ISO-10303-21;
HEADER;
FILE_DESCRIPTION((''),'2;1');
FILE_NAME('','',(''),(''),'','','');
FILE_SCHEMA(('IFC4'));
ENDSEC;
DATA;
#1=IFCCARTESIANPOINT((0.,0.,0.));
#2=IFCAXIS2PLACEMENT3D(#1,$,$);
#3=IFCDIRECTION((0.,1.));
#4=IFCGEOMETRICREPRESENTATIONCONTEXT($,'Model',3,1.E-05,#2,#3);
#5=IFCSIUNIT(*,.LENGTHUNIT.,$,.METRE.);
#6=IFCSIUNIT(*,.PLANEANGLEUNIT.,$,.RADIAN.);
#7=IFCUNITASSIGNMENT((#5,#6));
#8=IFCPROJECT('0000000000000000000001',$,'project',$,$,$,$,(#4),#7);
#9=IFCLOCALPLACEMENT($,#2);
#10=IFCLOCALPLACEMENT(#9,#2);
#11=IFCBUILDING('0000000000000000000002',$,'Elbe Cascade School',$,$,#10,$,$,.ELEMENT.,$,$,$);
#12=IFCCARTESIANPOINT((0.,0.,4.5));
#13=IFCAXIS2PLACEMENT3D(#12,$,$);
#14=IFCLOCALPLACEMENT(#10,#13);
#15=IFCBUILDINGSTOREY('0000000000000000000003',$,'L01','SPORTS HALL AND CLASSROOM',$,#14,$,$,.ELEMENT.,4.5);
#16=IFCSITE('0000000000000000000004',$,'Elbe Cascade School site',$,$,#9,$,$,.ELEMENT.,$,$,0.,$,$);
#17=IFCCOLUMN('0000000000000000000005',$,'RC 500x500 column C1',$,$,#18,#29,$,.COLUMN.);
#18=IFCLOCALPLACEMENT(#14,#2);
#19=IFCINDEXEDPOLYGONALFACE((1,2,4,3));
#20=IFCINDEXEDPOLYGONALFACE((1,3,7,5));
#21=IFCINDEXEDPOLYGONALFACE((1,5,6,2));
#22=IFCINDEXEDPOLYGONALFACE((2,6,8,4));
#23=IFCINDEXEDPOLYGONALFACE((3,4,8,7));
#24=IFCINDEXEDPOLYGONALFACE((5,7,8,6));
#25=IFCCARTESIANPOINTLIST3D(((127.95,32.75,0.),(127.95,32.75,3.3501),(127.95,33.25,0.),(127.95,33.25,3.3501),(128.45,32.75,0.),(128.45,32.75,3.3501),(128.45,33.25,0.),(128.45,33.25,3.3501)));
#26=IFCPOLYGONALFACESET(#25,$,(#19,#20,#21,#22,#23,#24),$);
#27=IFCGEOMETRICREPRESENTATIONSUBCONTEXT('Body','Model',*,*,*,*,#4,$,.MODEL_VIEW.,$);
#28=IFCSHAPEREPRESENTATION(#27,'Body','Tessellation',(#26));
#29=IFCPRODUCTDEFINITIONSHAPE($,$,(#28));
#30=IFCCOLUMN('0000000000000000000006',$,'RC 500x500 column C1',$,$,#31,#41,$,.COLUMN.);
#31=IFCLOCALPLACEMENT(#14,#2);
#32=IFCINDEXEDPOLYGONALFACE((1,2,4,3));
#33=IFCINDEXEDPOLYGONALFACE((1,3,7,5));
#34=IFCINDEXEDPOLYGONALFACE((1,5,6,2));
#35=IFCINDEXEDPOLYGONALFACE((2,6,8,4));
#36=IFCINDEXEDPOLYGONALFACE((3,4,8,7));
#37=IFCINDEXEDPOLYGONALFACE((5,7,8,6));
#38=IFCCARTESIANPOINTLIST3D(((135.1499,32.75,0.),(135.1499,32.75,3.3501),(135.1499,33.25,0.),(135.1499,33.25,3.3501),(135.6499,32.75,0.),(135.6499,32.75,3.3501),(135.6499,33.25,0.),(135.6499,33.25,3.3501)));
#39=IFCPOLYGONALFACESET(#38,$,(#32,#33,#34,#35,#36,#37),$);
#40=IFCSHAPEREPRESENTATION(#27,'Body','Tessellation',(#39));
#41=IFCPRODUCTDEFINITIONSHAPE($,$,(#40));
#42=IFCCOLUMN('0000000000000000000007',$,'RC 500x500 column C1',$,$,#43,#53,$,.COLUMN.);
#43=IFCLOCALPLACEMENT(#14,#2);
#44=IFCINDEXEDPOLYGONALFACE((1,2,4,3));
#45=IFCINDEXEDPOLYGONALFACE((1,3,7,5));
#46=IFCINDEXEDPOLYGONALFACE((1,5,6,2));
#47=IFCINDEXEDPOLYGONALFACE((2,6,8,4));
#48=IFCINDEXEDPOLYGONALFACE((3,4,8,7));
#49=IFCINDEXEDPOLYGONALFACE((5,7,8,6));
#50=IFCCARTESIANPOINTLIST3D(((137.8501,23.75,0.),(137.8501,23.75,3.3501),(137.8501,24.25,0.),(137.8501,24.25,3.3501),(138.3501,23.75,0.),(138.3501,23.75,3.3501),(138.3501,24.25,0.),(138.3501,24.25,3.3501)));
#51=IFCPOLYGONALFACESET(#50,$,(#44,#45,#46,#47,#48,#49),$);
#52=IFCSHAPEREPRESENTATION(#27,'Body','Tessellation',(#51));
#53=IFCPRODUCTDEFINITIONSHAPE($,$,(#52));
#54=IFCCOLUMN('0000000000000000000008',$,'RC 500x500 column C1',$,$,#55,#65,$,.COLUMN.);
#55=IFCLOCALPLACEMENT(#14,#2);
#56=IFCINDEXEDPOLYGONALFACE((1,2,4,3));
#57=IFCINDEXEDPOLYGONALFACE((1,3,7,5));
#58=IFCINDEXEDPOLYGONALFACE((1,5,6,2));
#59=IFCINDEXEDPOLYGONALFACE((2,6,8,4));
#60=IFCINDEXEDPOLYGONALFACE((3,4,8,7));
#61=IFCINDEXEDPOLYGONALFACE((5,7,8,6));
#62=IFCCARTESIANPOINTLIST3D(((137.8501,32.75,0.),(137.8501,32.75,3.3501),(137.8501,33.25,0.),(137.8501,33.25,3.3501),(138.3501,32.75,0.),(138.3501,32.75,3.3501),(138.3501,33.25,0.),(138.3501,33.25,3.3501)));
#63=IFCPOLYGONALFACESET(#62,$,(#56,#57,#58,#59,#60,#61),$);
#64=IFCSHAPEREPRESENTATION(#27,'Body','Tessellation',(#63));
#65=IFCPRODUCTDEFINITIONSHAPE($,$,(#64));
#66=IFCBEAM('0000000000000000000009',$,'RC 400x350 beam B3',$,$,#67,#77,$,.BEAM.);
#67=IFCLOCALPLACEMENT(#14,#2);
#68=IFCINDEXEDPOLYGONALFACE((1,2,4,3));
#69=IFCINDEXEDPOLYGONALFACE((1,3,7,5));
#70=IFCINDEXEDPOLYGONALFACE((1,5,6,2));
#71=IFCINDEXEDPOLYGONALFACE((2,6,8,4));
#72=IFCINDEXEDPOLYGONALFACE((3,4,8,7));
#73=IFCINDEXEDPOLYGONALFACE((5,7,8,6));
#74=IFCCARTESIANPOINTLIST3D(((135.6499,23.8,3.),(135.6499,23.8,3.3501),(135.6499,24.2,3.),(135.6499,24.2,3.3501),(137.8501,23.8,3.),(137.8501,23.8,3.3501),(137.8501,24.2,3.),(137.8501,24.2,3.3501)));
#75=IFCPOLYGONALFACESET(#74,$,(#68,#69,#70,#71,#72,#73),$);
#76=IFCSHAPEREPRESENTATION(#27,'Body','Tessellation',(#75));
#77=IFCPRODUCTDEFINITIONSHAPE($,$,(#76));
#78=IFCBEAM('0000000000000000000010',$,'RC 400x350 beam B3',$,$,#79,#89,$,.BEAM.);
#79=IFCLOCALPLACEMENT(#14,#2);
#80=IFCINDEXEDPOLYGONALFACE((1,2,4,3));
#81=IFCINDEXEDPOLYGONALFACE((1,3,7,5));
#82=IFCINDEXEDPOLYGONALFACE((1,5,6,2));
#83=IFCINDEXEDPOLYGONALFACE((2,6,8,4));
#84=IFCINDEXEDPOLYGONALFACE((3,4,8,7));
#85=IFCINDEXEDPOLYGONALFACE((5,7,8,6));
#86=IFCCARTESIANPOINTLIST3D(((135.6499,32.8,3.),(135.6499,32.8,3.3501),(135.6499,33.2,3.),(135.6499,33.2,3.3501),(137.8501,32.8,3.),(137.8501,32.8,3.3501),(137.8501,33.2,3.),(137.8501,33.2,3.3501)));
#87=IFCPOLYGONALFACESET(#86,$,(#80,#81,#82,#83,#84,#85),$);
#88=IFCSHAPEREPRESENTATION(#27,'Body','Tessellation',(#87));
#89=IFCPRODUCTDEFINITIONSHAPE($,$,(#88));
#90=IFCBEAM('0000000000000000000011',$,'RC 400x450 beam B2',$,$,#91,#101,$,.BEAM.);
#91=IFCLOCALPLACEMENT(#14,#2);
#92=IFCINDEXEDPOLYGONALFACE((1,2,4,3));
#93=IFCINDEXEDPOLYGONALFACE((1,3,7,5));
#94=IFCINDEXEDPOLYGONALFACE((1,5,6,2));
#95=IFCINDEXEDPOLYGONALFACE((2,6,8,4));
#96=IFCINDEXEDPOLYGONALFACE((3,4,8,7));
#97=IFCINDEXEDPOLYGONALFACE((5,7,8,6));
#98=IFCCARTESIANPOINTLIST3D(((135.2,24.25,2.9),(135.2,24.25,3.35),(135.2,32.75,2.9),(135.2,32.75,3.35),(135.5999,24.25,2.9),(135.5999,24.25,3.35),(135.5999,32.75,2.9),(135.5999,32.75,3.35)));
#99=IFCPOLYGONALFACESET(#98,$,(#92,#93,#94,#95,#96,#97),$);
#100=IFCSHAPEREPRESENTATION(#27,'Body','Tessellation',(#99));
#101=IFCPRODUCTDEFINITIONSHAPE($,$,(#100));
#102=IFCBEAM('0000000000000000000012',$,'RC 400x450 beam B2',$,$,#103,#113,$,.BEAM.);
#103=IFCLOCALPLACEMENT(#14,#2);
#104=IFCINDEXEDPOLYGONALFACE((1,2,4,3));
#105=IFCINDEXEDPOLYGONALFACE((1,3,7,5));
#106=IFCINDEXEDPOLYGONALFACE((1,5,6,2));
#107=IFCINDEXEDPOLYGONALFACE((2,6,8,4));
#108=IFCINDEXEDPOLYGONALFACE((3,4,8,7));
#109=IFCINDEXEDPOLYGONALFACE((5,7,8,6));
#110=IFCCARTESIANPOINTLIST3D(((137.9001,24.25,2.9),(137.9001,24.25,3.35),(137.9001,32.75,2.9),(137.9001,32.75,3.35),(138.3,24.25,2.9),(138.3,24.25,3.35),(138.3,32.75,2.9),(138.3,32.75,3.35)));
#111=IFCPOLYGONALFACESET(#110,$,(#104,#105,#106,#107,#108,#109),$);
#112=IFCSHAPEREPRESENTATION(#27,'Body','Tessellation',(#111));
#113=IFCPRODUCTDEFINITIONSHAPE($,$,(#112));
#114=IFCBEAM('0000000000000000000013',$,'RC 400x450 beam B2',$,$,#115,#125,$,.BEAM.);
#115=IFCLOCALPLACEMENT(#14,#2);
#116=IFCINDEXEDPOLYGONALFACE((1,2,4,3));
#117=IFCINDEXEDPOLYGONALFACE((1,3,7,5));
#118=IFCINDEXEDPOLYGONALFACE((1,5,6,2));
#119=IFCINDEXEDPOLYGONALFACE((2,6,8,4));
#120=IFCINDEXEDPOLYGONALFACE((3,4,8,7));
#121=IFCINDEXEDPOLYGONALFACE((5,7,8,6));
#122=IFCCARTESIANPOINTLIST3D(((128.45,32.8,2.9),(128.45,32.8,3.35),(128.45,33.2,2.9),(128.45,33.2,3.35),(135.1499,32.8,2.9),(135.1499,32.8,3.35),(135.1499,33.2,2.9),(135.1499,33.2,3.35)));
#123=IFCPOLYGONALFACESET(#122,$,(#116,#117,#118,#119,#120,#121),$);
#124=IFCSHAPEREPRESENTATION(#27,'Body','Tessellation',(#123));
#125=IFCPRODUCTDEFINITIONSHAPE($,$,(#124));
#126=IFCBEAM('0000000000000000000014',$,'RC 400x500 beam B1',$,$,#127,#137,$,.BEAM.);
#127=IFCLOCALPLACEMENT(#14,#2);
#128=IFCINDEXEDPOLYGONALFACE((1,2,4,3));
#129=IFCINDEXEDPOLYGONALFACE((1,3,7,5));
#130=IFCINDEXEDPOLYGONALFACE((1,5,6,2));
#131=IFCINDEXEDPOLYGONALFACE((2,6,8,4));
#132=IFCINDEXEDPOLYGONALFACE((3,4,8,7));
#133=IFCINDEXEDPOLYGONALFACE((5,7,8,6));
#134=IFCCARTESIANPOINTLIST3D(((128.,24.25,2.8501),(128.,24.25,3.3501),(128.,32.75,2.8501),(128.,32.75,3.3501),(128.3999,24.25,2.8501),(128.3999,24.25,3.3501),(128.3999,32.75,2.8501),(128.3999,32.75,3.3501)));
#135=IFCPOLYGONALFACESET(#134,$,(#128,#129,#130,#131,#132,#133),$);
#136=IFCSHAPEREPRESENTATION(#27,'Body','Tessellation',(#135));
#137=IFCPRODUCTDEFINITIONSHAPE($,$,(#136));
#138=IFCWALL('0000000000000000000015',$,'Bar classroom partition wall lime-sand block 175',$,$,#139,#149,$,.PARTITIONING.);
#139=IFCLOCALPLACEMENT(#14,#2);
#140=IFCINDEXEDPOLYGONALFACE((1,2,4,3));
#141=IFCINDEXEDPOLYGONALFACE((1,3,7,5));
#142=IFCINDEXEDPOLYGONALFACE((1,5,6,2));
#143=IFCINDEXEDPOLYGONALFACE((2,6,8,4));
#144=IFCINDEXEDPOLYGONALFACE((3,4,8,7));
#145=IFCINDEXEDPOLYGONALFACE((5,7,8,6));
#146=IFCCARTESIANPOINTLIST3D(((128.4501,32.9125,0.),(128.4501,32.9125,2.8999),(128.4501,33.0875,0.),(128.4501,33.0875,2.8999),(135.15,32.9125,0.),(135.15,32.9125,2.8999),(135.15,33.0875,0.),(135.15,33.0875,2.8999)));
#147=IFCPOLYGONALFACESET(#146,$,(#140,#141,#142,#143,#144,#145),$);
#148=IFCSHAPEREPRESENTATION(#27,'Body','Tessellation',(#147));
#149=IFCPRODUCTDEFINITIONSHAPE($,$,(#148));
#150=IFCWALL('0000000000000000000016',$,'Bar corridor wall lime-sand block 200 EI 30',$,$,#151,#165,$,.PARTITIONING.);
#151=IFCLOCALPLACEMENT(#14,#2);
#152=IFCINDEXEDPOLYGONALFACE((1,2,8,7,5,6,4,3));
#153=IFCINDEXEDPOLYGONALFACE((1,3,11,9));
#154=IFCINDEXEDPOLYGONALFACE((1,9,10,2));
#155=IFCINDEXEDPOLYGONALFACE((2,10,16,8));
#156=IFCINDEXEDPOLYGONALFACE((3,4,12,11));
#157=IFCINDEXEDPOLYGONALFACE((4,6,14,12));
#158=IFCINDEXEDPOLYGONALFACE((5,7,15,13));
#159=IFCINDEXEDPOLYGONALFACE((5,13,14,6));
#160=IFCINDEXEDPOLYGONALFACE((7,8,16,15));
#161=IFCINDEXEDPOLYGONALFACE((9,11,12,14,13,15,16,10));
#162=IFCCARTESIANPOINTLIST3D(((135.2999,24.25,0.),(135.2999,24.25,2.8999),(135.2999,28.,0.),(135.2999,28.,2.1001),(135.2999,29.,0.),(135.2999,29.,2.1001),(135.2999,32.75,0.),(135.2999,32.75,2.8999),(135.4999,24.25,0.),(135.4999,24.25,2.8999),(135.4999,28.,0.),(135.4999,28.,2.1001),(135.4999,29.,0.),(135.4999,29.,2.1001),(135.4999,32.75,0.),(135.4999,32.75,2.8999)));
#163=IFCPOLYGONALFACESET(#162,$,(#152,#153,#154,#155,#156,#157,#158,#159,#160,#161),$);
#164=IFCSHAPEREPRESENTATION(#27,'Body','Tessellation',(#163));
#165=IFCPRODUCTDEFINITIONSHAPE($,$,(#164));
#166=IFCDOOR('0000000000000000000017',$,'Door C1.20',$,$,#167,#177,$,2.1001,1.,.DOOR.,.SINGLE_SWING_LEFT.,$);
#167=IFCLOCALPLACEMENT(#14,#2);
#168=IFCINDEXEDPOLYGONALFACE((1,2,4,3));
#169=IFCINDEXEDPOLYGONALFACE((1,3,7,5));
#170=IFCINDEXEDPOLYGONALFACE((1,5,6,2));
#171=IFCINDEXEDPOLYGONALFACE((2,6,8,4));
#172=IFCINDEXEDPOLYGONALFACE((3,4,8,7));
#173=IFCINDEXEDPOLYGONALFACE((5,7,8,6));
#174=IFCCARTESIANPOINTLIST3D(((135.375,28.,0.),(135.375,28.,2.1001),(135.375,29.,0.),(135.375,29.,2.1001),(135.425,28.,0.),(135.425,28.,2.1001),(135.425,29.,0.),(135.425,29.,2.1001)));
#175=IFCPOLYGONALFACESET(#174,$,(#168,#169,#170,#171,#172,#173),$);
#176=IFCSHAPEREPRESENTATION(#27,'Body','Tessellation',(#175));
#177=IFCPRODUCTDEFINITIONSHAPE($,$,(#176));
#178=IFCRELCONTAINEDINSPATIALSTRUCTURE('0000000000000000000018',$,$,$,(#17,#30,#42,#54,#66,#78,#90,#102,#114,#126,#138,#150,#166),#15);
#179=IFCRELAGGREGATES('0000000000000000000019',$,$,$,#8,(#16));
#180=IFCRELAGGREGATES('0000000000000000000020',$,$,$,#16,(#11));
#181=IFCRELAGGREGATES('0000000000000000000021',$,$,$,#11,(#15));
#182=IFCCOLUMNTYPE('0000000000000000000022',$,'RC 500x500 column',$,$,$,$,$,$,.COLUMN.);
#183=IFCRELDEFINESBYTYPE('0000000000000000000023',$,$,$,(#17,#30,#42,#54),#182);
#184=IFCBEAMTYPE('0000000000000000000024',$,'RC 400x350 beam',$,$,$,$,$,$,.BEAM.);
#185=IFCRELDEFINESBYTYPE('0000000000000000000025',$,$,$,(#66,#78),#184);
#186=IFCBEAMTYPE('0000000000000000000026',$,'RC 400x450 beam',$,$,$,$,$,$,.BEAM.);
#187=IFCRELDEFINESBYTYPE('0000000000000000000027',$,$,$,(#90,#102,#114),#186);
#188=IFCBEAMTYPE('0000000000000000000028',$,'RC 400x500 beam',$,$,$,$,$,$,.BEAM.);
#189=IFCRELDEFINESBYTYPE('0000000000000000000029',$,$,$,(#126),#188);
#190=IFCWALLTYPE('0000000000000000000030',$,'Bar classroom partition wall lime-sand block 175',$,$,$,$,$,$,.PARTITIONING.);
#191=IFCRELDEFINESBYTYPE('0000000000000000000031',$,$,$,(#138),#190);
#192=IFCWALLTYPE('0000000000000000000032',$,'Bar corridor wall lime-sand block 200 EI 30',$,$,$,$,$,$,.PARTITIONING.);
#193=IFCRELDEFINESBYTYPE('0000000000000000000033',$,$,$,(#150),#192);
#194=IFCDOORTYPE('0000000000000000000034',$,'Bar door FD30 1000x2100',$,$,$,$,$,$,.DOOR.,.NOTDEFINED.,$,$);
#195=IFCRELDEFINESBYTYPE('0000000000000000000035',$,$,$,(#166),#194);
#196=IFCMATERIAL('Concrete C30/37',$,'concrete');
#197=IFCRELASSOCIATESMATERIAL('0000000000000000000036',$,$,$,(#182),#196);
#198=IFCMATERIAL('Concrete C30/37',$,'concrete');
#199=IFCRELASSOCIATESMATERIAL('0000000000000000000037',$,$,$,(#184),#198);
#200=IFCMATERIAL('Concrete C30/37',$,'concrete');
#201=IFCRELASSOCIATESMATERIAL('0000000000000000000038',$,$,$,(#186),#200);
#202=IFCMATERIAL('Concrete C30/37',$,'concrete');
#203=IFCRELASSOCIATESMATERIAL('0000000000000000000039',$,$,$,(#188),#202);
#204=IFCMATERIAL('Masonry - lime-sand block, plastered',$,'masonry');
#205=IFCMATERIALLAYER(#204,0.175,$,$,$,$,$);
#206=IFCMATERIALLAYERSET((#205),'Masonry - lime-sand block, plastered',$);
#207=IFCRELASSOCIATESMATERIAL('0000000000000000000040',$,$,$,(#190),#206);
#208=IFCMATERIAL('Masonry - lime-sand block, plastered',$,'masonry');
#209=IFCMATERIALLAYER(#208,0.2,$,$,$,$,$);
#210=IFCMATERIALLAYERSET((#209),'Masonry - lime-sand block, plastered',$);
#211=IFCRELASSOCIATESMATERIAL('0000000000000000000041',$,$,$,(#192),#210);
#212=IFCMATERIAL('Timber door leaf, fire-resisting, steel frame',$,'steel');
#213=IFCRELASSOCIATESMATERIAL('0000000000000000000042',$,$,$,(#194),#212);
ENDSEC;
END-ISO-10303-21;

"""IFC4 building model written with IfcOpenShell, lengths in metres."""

from ifc_helpers import new_model, si_unit, direction, frame, frame_2d, origin, origin_2d, place, context, subcontext, project, spatial, rectangle, extrude, material, layer, layer_set, material_profile, profile_set, type_object, element, fill, save


model = new_model("IFC4")

# Units and contexts
model_context = context("Model", 3, precision=1e-05, world=origin(), true_north=direction((0.0, 1.0)))
body_context = subcontext(model_context, "Body", "Model", "MODEL_VIEW")
ifc_project = project(units=[si_unit("LENGTHUNIT", "METRE"), si_unit("PLANEANGLEUNIT", "RADIAN")], contexts=[model_context])

# Site, building, storey
site_placement = place(None, origin())
site = spatial("IfcSite", under=ifc_project, at=site_placement, Name="Elbe Cascade School site", CompositionType="ELEMENT", RefElevation=0.0)
building_placement = place(site_placement, origin())
building = spatial("IfcBuilding", under=site, at=building_placement, Name="Elbe Cascade School", CompositionType="ELEMENT")
storey_placement = place(building_placement, frame((0.0, 0.0, 4.5)))
storey = spatial("IfcBuildingStorey", under=building, at=storey_placement, Name="L01", Description="SPORTS HALL AND CLASSROOM", CompositionType="ELEMENT", Elevation=4.5)

# Columns
ifc_material_1 = material(Name="Concrete C30/37", Category="concrete")
ifc_material_profile_1 = material_profile(ifc_material_1, rectangle(XDim=0.5, YDim=0.5, at=origin_2d()), Name="RC 500x500")
ifc_profile_set_1 = profile_set([ifc_material_profile_1], Name="Concrete C30/37")
column_type = type_object("IfcColumnType", Name="RC 500x500 column", PredefinedType="COLUMN", material=ifc_profile_set_1)
for number, where, z_axis, x_axis, name in (
    (1, (128.2, 33.0, 0.0), (0.0, 0.0, 1.0), (1.0, 0.0, 0.0), "RC 500x500 column C1"),
    (2, (135.3999, 33.0, 0.0), (0.0, 0.0, 1.0), (1.0, 0.0, 0.0), "RC 500x500 column C1"),
    (3, (138.1001, 24.0, 0.0), (0.0, 0.0, 1.0), (1.0, 0.0, 0.0), "RC 500x500 column C1"),
    (4, (138.1001, 33.0, 0.0), (0.0, 0.0, 1.0), (1.0, 0.0, 0.0), "RC 500x500 column C1"),
):
    element("IfcColumn", number, at=place(storey_placement, frame(where, z_axis=z_axis, x_axis=x_axis)), inside=storey, type_object=column_type, Name=name, PredefinedType="COLUMN", context=body_context, shape_type="SweptSolid", body=[
        extrude(rectangle(XDim=0.5, YDim=0.5, at=origin_2d()), origin(), (0.0, 0.0, 1.0), 3.3501),
    ])

# Beams
ifc_material_2 = material(Name="Concrete C30/37", Category="concrete")
ifc_material_profile_2 = material_profile(ifc_material_2, rectangle(XDim=0.3999, YDim=0.3501, at=origin_2d()), Name="RC 400x350")
ifc_profile_set_2 = profile_set([ifc_material_profile_2], Name="Concrete C30/37")
beam_type_1 = type_object("IfcBeamType", Name="RC 400x350 beam", PredefinedType="BEAM", material=ifc_profile_set_2)
for number, where, z_axis, x_axis, name in (
    (5, (135.6499, 24.0, 3.175), (1.0, 0.0, 0.0), (0.0, 1.0, 0.0), "RC 400x350 beam B3"),
    (6, (135.6499, 33.0, 3.175), (1.0, 0.0, 0.0), (0.0, 1.0, 0.0), "RC 400x350 beam B3"),
):
    element("IfcBeam", number, at=place(storey_placement, frame(where, z_axis=z_axis, x_axis=x_axis)), inside=storey, type_object=beam_type_1, Name=name, PredefinedType="BEAM", context=body_context, shape_type="SweptSolid", body=[
        extrude(rectangle(XDim=0.3999, YDim=0.3501, at=origin_2d()), origin(), (0.0, 0.0, 1.0), 2.2002),
    ])
ifc_material_3 = material(Name="Concrete C30/37", Category="concrete")
ifc_material_profile_3 = material_profile(ifc_material_3, rectangle(XDim=0.3999, YDim=0.45, at=origin_2d()), Name="RC 400x450")
ifc_profile_set_3 = profile_set([ifc_material_profile_3], Name="Concrete C30/37")
beam_type_2 = type_object("IfcBeamType", Name="RC 400x450 beam", PredefinedType="BEAM", material=ifc_profile_set_3)
for number, where, z_axis, x_axis, name in (
    (7, (135.3999, 24.25, 3.125), (0.0, 1.0, 0.0), (-1.0, 0.0, 0.0), "RC 400x450 beam B2"),
    (8, (138.1001, 24.25, 3.125), (0.0, 1.0, 0.0), (-1.0, 0.0, 0.0), "RC 400x450 beam B2"),
):
    element("IfcBeam", number, at=place(storey_placement, frame(where, z_axis=z_axis, x_axis=x_axis)), inside=storey, type_object=beam_type_2, Name=name, PredefinedType="BEAM", context=body_context, shape_type="SweptSolid", body=[
        extrude(rectangle(XDim=0.3999, YDim=0.45, at=origin_2d()), origin(), (0.0, 0.0, 1.0), 8.5),
    ])
beam_1_placement = place(storey_placement, frame((128.45, 33.0, 3.125), z_axis=(1.0, 0.0, 0.0), x_axis=(0.0, 1.0, 0.0)))
element("IfcBeam", 9, at=beam_1_placement, inside=storey, type_object=beam_type_2, Name="RC 400x450 beam B2", PredefinedType="BEAM", context=body_context, shape_type="SweptSolid", body=[
    extrude(rectangle(XDim=0.3999, YDim=0.45, at=origin_2d()), origin(), (0.0, 0.0, 1.0), 6.7),
])
ifc_material_4 = material(Name="Concrete C30/37", Category="concrete")
ifc_material_profile_4 = material_profile(ifc_material_4, rectangle(XDim=0.3999, YDim=0.5, at=origin_2d()), Name="RC 400x500")
ifc_profile_set_4 = profile_set([ifc_material_profile_4], Name="Concrete C30/37")
beam_type_3 = type_object("IfcBeamType", Name="RC 400x500 beam", PredefinedType="BEAM", material=ifc_profile_set_4)
beam_2_placement = place(storey_placement, frame((128.2, 24.25, 3.1001), z_axis=(0.0, 1.0, 0.0), x_axis=(-1.0, 0.0, 0.0)))
element("IfcBeam", 10, at=beam_2_placement, inside=storey, type_object=beam_type_3, Name="RC 400x500 beam B1", PredefinedType="BEAM", context=body_context, shape_type="SweptSolid", body=[
    extrude(rectangle(XDim=0.3999, YDim=0.5, at=origin_2d()), origin(), (0.0, 0.0, 1.0), 8.5),
])

# Wall
ifc_material_5 = material(Name="Masonry - lime-sand block, plastered", Category="masonry")
ifc_layer_1 = layer(ifc_material_5, 0.175)
ifc_layer_set_1 = layer_set([ifc_layer_1], Name="Masonry - lime-sand block, plastered")
wall_type_1 = type_object("IfcWallType", Name="Bar classroom partition wall lime-sand block 175", PredefinedType="PARTITIONING", material=ifc_layer_set_1)
wall_1_placement = place(storey_placement, frame((128.45, 33.0, 0.0), z_axis=(0.0, 0.0, 1.0), x_axis=(1.0, 0.0, 0.0)))
element("IfcWall", 11, at=wall_1_placement, inside=storey, type_object=wall_type_1, Name="Bar classroom partition wall lime-sand block 175", PredefinedType="PARTITIONING", context=body_context, shape_type="SweptSolid", body=[
    extrude(rectangle(XDim=6.7, YDim=0.175, at=frame_2d((3.3501, 0.0))), origin(), (0.0, 0.0, 1.0), 2.8999),
])

# Wall, opening, door
ifc_material_6 = material(Name="Masonry - lime-sand block, plastered", Category="masonry")
ifc_layer_2 = layer(ifc_material_6, 0.2)
ifc_layer_set_2 = layer_set([ifc_layer_2], Name="Masonry - lime-sand block, plastered")
wall_type_2 = type_object("IfcWallType", Name="Bar corridor wall lime-sand block 200 EI 30", PredefinedType="PARTITIONING", material=ifc_layer_set_2)
wall_2_placement = place(storey_placement, frame((135.3999, 24.25, 0.0), z_axis=(0.0, 0.0, 1.0), x_axis=(0.0, 1.0, 0.0)))
wall_2 = element("IfcWall", 12, at=wall_2_placement, inside=storey, type_object=wall_type_2, Name="Bar corridor wall lime-sand block 200 EI 30", PredefinedType="PARTITIONING", context=body_context, shape_type="SweptSolid", body=[
    extrude(rectangle(XDim=8.5, YDim=0.2, at=frame_2d((4.25, 0.0))), origin(), (0.0, 0.0, 1.0), 2.8999),
])
opening_1_placement = place(wall_2_placement, frame((3.75, 0.0, 0.0)))
opening_1 = element("IfcOpeningElement", 13, at=opening_1_placement, cuts=wall_2, PredefinedType="OPENING", context=body_context, shape_type="SweptSolid", body=[
    extrude(rectangle(XDim=1.0, YDim=2.1001, at=frame_2d((0.5, 1.05))), frame((0.0, 0.1099, 0.0), z_axis=(0.0, -1.0, 0.0), x_axis=(1.0, 0.0, 0.0)), (0.0, 0.0, 1.0), 0.22),
])
ifc_material_7 = material(Name="Timber door leaf, fire-resisting, steel frame", Category="steel")
door_type = type_object("IfcDoorType", Name="Bar door FD30 1000x2100", OperationType="NOTDEFINED", PredefinedType="DOOR", material=ifc_material_7)
door_1_placement = place(opening_1_placement, origin())
door_1 = element("IfcDoor", 14, at=door_1_placement, inside=storey, type_object=door_type, Name="Door C1.20", OperationType="SINGLE_SWING_LEFT", OverallHeight=2.1001, OverallWidth=1.0, PredefinedType="DOOR", context=body_context, shape_type="SweptSolid", body=[
    extrude(rectangle(XDim=1.0, YDim=2.1001, at=frame_2d((0.5, 1.05))), frame((0.0, 0.0249, 0.0), z_axis=(0.0, -1.0, 0.0), x_axis=(1.0, 0.0, 0.0)), (0.0, 0.0, 1.0), 0.05),
])
fill(opening_1, door_1)

save(model, "model.ifc")
